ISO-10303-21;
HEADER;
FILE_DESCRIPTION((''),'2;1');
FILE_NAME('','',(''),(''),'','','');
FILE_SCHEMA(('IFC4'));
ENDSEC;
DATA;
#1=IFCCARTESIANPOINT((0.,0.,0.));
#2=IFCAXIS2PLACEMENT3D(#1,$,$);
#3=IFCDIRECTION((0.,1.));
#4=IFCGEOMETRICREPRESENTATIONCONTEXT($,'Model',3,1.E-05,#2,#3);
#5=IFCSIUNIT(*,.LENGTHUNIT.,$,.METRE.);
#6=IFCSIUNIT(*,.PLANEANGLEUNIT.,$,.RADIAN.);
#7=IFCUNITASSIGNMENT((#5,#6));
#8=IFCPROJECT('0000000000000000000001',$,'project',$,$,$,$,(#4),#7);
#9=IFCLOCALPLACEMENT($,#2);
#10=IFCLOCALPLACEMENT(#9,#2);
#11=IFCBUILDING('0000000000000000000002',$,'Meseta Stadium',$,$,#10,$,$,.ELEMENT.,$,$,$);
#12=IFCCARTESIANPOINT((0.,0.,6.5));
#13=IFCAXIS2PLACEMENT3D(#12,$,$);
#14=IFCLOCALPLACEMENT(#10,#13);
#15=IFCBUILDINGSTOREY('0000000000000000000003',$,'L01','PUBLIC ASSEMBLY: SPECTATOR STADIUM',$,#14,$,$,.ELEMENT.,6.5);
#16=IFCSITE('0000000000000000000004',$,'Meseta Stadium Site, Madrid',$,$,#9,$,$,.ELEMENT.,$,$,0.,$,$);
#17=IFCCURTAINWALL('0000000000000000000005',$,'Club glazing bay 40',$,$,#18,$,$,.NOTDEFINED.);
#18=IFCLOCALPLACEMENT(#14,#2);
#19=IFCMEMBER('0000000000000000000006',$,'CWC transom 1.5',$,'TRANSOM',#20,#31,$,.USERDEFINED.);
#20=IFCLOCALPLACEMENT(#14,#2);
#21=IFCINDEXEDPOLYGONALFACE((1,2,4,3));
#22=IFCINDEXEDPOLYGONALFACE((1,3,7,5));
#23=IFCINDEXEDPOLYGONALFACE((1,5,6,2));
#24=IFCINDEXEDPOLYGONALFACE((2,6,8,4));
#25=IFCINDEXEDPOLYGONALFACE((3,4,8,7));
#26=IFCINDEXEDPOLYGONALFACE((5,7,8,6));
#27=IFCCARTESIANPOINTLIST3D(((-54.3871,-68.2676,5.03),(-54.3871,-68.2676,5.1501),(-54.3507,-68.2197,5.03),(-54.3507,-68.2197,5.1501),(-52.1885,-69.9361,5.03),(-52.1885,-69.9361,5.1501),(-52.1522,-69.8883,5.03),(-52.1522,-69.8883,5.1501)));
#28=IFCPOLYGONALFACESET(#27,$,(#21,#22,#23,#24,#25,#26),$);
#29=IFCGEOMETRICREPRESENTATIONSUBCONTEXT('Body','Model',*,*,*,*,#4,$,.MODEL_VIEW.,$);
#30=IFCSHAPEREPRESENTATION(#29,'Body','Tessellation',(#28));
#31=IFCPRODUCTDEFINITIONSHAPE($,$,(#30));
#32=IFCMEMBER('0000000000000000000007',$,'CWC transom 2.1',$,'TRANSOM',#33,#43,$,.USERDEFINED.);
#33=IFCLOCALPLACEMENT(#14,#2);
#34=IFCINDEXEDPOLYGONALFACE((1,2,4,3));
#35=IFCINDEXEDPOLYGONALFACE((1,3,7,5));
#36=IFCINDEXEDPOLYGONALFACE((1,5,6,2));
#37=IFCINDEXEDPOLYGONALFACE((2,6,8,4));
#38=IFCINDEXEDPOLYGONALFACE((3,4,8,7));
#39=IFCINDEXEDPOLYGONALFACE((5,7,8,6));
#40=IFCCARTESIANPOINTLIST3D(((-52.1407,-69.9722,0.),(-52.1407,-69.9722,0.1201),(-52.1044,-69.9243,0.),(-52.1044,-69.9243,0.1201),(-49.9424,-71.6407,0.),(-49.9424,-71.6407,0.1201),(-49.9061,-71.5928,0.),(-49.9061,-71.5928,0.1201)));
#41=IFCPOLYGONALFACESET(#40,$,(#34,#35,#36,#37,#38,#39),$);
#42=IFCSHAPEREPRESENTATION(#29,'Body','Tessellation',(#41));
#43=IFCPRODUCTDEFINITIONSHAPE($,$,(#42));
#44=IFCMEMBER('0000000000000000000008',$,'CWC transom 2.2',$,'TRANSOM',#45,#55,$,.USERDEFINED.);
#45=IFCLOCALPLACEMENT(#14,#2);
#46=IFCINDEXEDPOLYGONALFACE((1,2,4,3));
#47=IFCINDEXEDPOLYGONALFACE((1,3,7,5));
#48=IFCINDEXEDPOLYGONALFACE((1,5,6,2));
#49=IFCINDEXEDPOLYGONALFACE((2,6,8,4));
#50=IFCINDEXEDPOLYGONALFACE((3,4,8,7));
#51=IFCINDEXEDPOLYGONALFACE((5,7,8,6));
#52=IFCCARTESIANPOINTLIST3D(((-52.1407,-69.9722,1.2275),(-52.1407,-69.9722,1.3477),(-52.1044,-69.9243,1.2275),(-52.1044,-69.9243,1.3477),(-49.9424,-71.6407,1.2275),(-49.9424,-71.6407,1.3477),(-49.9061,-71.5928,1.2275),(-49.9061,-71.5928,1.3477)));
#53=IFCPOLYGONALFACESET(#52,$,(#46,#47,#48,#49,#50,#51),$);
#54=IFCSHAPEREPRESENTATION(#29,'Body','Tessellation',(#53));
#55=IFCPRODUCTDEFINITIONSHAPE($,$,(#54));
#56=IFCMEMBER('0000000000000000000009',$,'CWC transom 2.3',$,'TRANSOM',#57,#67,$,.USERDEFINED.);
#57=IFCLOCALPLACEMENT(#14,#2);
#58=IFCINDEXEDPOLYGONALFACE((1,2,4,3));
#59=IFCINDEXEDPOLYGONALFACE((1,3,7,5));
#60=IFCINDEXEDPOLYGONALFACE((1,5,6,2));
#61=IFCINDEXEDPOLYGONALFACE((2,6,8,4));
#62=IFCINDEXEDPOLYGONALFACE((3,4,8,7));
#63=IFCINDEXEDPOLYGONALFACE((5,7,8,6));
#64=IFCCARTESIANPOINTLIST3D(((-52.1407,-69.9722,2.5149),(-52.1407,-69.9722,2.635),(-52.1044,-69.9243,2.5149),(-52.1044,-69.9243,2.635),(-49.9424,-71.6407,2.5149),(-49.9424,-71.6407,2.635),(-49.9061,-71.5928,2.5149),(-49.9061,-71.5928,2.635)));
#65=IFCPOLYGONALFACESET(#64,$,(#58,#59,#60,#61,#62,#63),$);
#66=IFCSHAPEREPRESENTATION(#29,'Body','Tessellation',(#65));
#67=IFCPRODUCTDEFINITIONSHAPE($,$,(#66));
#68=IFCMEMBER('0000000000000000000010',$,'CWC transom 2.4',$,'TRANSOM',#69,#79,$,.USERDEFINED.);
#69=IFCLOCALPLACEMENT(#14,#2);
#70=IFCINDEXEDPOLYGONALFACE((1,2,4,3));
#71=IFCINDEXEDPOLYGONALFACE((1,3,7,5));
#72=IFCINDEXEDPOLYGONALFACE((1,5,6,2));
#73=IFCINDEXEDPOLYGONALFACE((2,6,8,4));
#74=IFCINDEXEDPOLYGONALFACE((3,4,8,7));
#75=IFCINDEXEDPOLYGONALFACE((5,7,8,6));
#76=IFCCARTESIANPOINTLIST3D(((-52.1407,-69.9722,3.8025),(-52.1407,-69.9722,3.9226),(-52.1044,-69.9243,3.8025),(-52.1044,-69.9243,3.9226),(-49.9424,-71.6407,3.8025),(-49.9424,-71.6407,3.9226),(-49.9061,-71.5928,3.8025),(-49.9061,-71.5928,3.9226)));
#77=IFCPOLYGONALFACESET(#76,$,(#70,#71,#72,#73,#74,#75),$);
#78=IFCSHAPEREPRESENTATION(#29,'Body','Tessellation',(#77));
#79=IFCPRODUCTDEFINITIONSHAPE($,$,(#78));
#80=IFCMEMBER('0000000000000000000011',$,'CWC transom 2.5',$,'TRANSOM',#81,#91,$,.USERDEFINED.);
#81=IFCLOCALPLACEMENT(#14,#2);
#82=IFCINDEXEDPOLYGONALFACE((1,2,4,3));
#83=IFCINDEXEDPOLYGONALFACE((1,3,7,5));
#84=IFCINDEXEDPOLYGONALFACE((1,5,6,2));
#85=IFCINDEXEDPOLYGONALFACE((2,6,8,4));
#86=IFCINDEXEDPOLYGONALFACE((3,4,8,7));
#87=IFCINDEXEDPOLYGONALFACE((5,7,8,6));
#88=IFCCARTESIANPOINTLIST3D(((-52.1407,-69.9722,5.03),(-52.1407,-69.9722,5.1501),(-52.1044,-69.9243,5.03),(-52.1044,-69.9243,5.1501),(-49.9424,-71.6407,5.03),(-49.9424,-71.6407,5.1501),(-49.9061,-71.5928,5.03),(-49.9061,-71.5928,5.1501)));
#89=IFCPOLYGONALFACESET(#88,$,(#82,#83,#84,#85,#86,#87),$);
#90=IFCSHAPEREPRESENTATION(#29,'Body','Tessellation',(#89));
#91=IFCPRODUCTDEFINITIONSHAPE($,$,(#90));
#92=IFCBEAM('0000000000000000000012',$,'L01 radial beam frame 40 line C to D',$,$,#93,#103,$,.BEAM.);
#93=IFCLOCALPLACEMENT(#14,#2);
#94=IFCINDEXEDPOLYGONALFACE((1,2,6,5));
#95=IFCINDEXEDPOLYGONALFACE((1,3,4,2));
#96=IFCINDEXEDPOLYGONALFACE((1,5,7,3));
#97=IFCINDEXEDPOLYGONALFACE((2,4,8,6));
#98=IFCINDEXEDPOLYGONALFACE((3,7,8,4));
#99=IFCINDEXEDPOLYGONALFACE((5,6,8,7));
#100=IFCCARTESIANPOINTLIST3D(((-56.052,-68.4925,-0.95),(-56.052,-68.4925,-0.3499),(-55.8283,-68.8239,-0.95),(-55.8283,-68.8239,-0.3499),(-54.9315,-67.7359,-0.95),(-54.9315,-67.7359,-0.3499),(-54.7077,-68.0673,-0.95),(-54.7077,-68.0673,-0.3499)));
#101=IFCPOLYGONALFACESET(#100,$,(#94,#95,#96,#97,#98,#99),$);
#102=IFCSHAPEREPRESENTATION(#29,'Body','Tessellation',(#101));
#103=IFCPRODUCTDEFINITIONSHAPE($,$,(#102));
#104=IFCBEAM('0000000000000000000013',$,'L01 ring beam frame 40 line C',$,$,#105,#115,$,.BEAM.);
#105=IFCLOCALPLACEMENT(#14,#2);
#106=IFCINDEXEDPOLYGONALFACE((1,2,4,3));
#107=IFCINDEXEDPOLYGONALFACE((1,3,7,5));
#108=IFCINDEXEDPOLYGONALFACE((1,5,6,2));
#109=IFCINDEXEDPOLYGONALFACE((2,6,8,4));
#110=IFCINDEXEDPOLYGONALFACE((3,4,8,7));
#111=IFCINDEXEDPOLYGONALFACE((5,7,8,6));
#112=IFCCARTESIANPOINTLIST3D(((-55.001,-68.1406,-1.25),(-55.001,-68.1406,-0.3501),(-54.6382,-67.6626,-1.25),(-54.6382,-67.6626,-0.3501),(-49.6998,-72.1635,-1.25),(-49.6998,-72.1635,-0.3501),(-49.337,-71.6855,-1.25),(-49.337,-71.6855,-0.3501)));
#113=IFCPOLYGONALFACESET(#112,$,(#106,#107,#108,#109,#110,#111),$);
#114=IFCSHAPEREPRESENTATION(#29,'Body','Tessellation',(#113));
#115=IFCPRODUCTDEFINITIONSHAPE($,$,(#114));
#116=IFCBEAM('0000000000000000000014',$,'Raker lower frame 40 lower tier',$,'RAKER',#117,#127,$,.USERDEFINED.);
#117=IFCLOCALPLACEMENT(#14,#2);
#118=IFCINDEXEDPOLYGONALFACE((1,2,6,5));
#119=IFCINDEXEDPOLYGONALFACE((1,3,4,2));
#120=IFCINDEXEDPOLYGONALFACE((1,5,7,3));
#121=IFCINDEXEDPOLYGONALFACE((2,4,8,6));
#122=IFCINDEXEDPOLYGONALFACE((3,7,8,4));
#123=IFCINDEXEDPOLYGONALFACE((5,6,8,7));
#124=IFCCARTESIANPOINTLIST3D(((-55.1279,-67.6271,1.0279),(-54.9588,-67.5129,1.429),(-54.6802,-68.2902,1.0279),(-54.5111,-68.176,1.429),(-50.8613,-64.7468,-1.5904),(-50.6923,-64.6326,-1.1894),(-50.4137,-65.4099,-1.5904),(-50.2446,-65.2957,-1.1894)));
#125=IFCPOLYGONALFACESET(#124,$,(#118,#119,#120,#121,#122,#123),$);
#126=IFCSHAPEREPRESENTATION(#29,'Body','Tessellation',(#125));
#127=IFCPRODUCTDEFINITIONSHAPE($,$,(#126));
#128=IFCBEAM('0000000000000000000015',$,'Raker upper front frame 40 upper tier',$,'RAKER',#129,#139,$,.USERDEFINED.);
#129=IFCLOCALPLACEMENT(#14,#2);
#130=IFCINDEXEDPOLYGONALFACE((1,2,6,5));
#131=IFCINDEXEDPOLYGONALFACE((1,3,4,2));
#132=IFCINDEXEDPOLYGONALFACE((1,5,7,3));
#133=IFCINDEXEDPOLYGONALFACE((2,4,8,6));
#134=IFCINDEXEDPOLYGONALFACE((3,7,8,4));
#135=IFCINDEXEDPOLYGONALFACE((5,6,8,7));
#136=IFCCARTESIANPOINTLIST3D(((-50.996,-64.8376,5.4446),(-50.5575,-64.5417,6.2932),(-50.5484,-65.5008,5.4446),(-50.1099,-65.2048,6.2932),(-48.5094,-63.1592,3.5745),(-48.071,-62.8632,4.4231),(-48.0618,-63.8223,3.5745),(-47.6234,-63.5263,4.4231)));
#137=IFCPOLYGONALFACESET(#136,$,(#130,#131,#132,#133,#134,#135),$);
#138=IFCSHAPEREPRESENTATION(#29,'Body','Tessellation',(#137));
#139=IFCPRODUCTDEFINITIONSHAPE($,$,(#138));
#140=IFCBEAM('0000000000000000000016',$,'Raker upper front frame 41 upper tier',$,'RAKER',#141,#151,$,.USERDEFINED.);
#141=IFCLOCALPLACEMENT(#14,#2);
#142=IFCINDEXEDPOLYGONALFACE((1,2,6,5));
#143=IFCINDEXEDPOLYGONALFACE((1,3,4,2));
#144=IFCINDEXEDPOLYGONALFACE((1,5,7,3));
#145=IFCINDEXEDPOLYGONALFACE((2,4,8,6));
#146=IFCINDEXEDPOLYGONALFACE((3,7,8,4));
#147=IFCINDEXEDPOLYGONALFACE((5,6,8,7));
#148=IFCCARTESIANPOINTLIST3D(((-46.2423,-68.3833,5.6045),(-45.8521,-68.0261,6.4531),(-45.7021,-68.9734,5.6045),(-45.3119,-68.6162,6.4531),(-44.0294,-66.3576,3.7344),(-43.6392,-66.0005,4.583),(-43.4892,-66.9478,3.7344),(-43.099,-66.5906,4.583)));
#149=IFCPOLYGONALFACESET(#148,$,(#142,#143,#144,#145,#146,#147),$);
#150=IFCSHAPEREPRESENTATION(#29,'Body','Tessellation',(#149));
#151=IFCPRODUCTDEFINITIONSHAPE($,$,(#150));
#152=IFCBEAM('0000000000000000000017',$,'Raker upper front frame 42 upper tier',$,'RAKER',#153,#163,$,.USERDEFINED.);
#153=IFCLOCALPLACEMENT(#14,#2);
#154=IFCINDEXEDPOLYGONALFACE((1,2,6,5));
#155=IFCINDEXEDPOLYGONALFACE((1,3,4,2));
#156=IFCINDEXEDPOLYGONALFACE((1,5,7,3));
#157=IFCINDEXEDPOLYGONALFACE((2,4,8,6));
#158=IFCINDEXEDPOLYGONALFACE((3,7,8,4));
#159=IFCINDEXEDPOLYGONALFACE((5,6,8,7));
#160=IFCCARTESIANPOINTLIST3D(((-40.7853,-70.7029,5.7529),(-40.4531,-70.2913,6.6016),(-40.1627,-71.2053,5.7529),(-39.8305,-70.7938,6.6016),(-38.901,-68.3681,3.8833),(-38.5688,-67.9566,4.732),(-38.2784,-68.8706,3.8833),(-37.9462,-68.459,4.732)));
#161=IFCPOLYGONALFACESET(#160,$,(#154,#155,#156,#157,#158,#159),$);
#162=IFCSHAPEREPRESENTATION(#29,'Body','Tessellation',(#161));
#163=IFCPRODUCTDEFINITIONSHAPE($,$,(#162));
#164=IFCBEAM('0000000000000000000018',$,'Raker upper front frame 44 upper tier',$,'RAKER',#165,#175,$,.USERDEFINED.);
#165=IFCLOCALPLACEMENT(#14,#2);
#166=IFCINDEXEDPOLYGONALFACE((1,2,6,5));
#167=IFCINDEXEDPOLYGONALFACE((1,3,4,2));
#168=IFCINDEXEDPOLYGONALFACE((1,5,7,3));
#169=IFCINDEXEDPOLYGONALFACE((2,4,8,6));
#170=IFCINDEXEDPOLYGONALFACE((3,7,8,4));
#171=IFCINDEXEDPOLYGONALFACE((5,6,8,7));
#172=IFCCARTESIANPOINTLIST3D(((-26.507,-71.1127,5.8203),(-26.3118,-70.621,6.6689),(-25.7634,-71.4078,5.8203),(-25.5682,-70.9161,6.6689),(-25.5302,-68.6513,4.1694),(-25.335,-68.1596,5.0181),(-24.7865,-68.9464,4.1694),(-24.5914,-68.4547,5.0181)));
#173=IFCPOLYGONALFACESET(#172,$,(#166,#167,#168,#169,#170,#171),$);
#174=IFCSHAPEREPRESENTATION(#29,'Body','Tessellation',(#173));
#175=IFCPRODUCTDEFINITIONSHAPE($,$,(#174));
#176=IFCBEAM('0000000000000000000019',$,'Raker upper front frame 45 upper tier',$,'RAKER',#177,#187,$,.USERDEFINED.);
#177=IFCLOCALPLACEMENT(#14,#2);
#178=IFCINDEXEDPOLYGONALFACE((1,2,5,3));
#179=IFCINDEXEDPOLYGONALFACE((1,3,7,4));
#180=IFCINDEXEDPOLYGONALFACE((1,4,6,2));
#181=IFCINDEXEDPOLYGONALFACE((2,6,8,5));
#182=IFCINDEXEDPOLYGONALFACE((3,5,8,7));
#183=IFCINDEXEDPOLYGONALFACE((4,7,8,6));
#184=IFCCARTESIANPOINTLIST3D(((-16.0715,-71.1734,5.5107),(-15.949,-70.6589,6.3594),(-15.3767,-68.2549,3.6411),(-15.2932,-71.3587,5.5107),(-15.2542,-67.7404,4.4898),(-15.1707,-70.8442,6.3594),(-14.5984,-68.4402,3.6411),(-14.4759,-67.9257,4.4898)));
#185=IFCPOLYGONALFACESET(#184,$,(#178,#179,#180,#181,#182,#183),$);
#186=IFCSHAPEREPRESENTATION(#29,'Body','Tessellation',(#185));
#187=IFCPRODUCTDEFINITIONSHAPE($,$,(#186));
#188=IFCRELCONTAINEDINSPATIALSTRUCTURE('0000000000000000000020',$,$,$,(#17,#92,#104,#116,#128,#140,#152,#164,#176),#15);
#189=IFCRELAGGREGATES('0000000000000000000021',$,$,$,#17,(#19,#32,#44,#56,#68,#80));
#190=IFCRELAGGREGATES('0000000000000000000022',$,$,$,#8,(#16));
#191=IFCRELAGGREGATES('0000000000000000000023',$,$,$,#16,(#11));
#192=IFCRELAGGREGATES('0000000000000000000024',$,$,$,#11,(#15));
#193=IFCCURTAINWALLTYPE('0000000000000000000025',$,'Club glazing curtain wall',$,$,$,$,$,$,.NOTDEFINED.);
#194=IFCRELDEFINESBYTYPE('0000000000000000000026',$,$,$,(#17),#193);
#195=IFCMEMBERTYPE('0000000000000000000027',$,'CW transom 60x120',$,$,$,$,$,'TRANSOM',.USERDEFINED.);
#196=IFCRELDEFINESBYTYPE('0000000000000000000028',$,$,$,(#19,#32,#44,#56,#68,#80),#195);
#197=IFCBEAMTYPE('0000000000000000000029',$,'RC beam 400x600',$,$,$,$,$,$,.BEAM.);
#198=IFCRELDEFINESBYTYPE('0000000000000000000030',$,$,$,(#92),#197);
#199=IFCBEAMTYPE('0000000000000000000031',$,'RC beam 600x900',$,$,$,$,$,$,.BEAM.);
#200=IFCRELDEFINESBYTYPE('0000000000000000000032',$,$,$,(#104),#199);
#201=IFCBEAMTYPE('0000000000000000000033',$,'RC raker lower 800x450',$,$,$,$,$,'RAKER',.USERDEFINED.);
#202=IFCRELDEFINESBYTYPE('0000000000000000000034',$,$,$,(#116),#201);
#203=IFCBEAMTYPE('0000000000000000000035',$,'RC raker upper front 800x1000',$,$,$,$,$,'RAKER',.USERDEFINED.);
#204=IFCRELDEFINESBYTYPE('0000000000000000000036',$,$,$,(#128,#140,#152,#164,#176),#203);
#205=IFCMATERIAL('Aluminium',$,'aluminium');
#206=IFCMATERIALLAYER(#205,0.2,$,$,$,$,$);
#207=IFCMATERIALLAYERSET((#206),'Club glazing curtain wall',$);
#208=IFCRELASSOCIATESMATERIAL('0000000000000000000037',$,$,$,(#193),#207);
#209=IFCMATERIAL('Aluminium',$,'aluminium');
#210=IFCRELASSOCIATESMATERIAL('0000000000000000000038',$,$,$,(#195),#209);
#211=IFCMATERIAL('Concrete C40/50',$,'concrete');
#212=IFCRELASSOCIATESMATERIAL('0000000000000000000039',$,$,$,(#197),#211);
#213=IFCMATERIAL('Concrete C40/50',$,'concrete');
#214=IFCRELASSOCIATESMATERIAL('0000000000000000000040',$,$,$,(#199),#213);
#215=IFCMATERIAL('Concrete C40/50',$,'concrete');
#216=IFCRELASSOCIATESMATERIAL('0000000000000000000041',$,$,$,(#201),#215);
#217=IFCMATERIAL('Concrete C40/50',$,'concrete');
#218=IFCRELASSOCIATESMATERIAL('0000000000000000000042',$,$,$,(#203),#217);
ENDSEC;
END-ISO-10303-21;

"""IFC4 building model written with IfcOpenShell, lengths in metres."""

from ifc_helpers import new_model, si_unit, direction, frame, origin, origin_2d, place, context, subcontext, project, spatial, rectangle, extrude, material, layer, layer_set, material_profile, profile_set, type_object, element, aggregate, save


model = new_model("IFC4")

# Units and contexts
model_context = context("Model", 3, precision=1e-05, world=origin(), true_north=direction((0.0, 1.0)))
body_context = subcontext(model_context, "Body", "Model", "MODEL_VIEW")
ifc_project = project(units=[si_unit("LENGTHUNIT", "METRE"), si_unit("PLANEANGLEUNIT", "RADIAN")], contexts=[model_context])

# Site, building, storey
site_placement = place(None, origin())
site = spatial("IfcSite", under=ifc_project, at=site_placement, Name="Meseta Stadium Site, Madrid", CompositionType="ELEMENT", RefElevation=0.0)
building_placement = place(site_placement, origin())
building = spatial("IfcBuilding", under=site, at=building_placement, Name="Meseta Stadium", CompositionType="ELEMENT")
storey_placement = place(building_placement, frame((0.0, 0.0, 6.5)))
storey = spatial("IfcBuildingStorey", under=building, at=storey_placement, Name="L01", Description="PUBLIC ASSEMBLY: SPECTATOR STADIUM", CompositionType="ELEMENT", Elevation=6.5)

# Curtain wall, members
ifc_material_1 = material(Name="Aluminium", Category="aluminium")
ifc_layer_1 = layer(ifc_material_1, 0.2)
ifc_layer_set_1 = layer_set([ifc_layer_1], Name="Club glazing curtain wall")
curtain_wall_type = type_object("IfcCurtainWallType", Name="Club glazing curtain wall", PredefinedType="NOTDEFINED", material=ifc_layer_set_1)
curtain_wall_placement = place(storey_placement, origin())
curtain_wall = element("IfcCurtainWall", 1, at=curtain_wall_placement, inside=storey, type_object=curtain_wall_type, Name="Club glazing bay 40", PredefinedType="NOTDEFINED")
ifc_material_2 = material(Name="Aluminium", Category="aluminium")
ifc_material_profile_1 = material_profile(ifc_material_2, rectangle(XDim=0.0601, YDim=0.1201, at=origin_2d()), Name="CW 60x120")
ifc_profile_set_1 = profile_set([ifc_material_profile_1], Name="Aluminium")
member_type_1 = type_object("IfcMemberType", Name="CW transom 60x120", ElementType="TRANSOM", PredefinedType="USERDEFINED", material=ifc_profile_set_1)
member_1_placement = place(storey_placement, frame((-54.3689, -68.2437, 5.0901), z_axis=(0.79658, -0.604534, 0.0), x_axis=(0.604534, 0.79658, 0.0)))
member_1 = element("IfcMember", 2, at=member_1_placement, type_object=member_type_1, Name="CWC transom 1.5", ObjectType="TRANSOM", PredefinedType="USERDEFINED", context=body_context, shape_type="SweptSolid", body=[
    extrude(rectangle(XDim=0.0601, YDim=0.1201, at=origin_2d()), origin(), (0.0, 0.0, 1.0), 2.76),
])
member_2_placement = place(storey_placement, frame((-52.1226, -69.9482, 0.0601), z_axis=(0.796547, -0.604576, 0.0), x_axis=(0.604576, 0.796547, 0.0)))
member_2 = element("IfcMember", 3, at=member_2_placement, type_object=member_type_1, Name="CWC transom 2.1", ObjectType="TRANSOM", PredefinedType="USERDEFINED", context=body_context, shape_type="SweptSolid", body=[
    extrude(rectangle(XDim=0.0601, YDim=0.1201, at=origin_2d()), origin(), (0.0, 0.0, 1.0), 2.7598),
])
member_3_placement = place(storey_placement, frame((-52.1226, -69.9482, 1.2876), z_axis=(0.796547, -0.604576, 0.0), x_axis=(0.604576, 0.796547, 0.0)))
member_3 = element("IfcMember", 4, at=member_3_placement, type_object=member_type_1, Name="CWC transom 2.2", ObjectType="TRANSOM", PredefinedType="USERDEFINED", context=body_context, shape_type="SweptSolid", body=[
    extrude(rectangle(XDim=0.0601, YDim=0.1201, at=origin_2d()), origin(), (0.0, 0.0, 1.0), 2.7598),
])
member_4_placement = place(storey_placement, frame((-52.1226, -69.9482, 2.575), z_axis=(0.796547, -0.604576, 0.0), x_axis=(0.604576, 0.796547, 0.0)))
member_4 = element("IfcMember", 5, at=member_4_placement, type_object=member_type_1, Name="CWC transom 2.3", ObjectType="TRANSOM", PredefinedType="USERDEFINED", context=body_context, shape_type="SweptSolid", body=[
    extrude(rectangle(XDim=0.0601, YDim=0.1201, at=origin_2d()), origin(), (0.0, 0.0, 1.0), 2.7598),
])
member_5_placement = place(storey_placement, frame((-52.1226, -69.9482, 3.8625), z_axis=(0.796547, -0.604576, 0.0), x_axis=(0.604576, 0.796547, 0.0)))
member_5 = element("IfcMember", 6, at=member_5_placement, type_object=member_type_1, Name="CWC transom 2.4", ObjectType="TRANSOM", PredefinedType="USERDEFINED", context=body_context, shape_type="SweptSolid", body=[
    extrude(rectangle(XDim=0.0601, YDim=0.1201, at=origin_2d()), origin(), (0.0, 0.0, 1.0), 2.7598),
])
member_6_placement = place(storey_placement, frame((-52.1226, -69.9482, 5.0901), z_axis=(0.796547, -0.604576, 0.0), x_axis=(0.604576, 0.796547, 0.0)))
member_6 = element("IfcMember", 7, at=member_6_placement, type_object=member_type_1, Name="CWC transom 2.5", ObjectType="TRANSOM", PredefinedType="USERDEFINED", context=body_context, shape_type="SweptSolid", body=[
    extrude(rectangle(XDim=0.0601, YDim=0.1201, at=origin_2d()), origin(), (0.0, 0.0, 1.0), 2.7598),
])

# Beams
ifc_material_3 = material(Name="Concrete C40/50", Category="concrete")
ifc_material_profile_2 = material_profile(ifc_material_3, rectangle(XDim=0.3999, YDim=0.6001, at=origin_2d()), Name="RC 400x600")
ifc_profile_set_2 = profile_set([ifc_material_profile_2], Name="Concrete C40/50")
beam_type_1 = type_object("IfcBeamType", Name="RC beam 400x600", PredefinedType="BEAM", material=ifc_profile_set_2)
beam_1_placement = place(storey_placement, frame((-54.8196, -67.9016, -0.6499), z_axis=(-0.828786, -0.559566, 0.0), x_axis=(0.559566, -0.828786, 0.0)))
element("IfcBeam", 8, at=beam_1_placement, inside=storey, type_object=beam_type_1, Name="L01 radial beam frame 40 line C to D", PredefinedType="BEAM", context=body_context, shape_type="SweptSolid", body=[
    extrude(rectangle(XDim=0.3999, YDim=0.6001, at=origin_2d()), origin(), (0.0, 0.0, 1.0), 1.3521),
])
ifc_material_4 = material(Name="Concrete C40/50", Category="concrete")
ifc_material_profile_3 = material_profile(ifc_material_4, rectangle(XDim=0.6001, YDim=0.8999, at=origin_2d()), Name="RC 600x900")
ifc_profile_set_3 = profile_set([ifc_material_profile_3], Name="Concrete C40/50")
beam_type_2 = type_object("IfcBeamType", Name="RC beam 600x900", PredefinedType="BEAM", material=ifc_profile_set_3)
beam_2_placement = place(storey_placement, frame((-54.8196, -67.9016, -0.8), z_axis=(0.796597, -0.60451, 0.0), x_axis=(0.60451, 0.796597, 0.0)))
element("IfcBeam", 9, at=beam_2_placement, inside=storey, type_object=beam_type_2, Name="L01 ring beam frame 40 line C", PredefinedType="BEAM", context=body_context, shape_type="SweptSolid", body=[
    extrude(rectangle(XDim=0.6001, YDim=0.8999, at=origin_2d()), origin(), (0.0, 0.0, 1.0), 6.6548),
])
ifc_material_5 = material(Name="Concrete C40/50", Category="concrete")
ifc_material_profile_4 = material_profile(ifc_material_5, rectangle(XDim=0.8, YDim=0.45, at=origin_2d()), Name="RC 800x450")
ifc_profile_set_4 = profile_set([ifc_material_profile_4], Name="Concrete C40/50")
beam_type_3 = type_object("IfcBeamType", Name="RC raker lower 800x450", ElementType="RAKER", PredefinedType="USERDEFINED", material=ifc_profile_set_4)
beam_3_placement = place(storey_placement, frame((-50.553, -65.0212, -1.3899), z_axis=(-0.738741, -0.498722, 0.453364), x_axis=(0.559528, -0.828811, 0.0)))
element("IfcBeam", 10, at=beam_3_placement, inside=storey, type_object=beam_type_3, Name="Raker lower frame 40 lower tier", ObjectType="RAKER", PredefinedType="USERDEFINED", context=body_context, shape_type="SweptSolid", body=[
    extrude(rectangle(XDim=0.8, YDim=0.45, at=origin_2d()), origin(), (0.0, 0.0, 1.0), 5.7754),
])
ifc_material_6 = material(Name="Concrete C40/50", Category="concrete")
ifc_material_profile_5 = material_profile(ifc_material_6, rectangle(XDim=0.8, YDim=1.0, at=origin_2d()), Name="RC 800x1000")
ifc_profile_set_5 = profile_set([ifc_material_profile_5], Name="Concrete C40/50")
beam_type_4 = type_object("IfcBeamType", Name="RC raker upper front 800x1000", ElementType="RAKER", PredefinedType="USERDEFINED", material=ifc_profile_set_5)
for number, where, z_axis, x_axis, name in (
    (11, (-48.0664, -63.3428, 3.9988), (-0.703376, -0.474787, 0.528999), (0.55948, -0.828844, 0.0), "Raker upper front frame 40 upper tier"),
    (12, (-43.5642, -66.4741, 4.1587), (-0.625965, -0.572995, 0.529004), (0.675209, -0.737627, 0.0), "Raker upper front frame 41 upper tier"),
    (13, (-38.4236, -68.4136, 4.3076), (-0.53302, -0.660439, 0.528876), (0.778178, -0.628043, 0.0), "Raker upper front frame 42 upper tier"),
):
    element("IfcBeam", number, at=place(storey_placement, frame(where, z_axis=z_axis, x_axis=x_axis)), inside=storey, type_object=beam_type_4, Name=name, ObjectType="RAKER", PredefinedType="USERDEFINED", context=body_context, shape_type="SweptSolid", body=[
        extrude(rectangle(XDim=0.8, YDim=1.0, at=origin_2d()), origin(), (0.0, 0.0, 1.0), 3.5352),
    ])
beam_4_placement = place(storey_placement, frame((-25.0608, -68.553, 4.5938), z_axis=(-0.313018, -0.788766, 0.529025), x_axis=(0.929484, -0.368862, 0.0)))
element("IfcBeam", 14, at=beam_4_placement, inside=storey, type_object=beam_type_4, Name="Raker upper front frame 44 upper tier", ObjectType="RAKER", PredefinedType="USERDEFINED", context=body_context, shape_type="SweptSolid", body=[
    extrude(rectangle(XDim=0.8, YDim=1.0, at=origin_2d()), origin(), (0.0, 0.0, 1.0), 3.1206),
])
beam_5_placement = place(storey_placement, frame((-14.9263, -68.0903, 4.0654), z_axis=(-0.19656, -0.825607, 0.528902), x_axis=(0.97281, -0.231606, 0.0)))
element("IfcBeam", 15, at=beam_5_placement, inside=storey, type_object=beam_type_4, Name="Raker upper front frame 45 upper tier", ObjectType="RAKER", PredefinedType="USERDEFINED", context=body_context, shape_type="SweptSolid", body=[
    extrude(rectangle(XDim=0.8, YDim=1.0, at=origin_2d()), origin(), (0.0, 0.0, 1.0), 3.5349),
])

aggregate(curtain_wall, [member_1, member_2, member_3, member_4, member_5, member_6])

save(model, "model.ifc")
